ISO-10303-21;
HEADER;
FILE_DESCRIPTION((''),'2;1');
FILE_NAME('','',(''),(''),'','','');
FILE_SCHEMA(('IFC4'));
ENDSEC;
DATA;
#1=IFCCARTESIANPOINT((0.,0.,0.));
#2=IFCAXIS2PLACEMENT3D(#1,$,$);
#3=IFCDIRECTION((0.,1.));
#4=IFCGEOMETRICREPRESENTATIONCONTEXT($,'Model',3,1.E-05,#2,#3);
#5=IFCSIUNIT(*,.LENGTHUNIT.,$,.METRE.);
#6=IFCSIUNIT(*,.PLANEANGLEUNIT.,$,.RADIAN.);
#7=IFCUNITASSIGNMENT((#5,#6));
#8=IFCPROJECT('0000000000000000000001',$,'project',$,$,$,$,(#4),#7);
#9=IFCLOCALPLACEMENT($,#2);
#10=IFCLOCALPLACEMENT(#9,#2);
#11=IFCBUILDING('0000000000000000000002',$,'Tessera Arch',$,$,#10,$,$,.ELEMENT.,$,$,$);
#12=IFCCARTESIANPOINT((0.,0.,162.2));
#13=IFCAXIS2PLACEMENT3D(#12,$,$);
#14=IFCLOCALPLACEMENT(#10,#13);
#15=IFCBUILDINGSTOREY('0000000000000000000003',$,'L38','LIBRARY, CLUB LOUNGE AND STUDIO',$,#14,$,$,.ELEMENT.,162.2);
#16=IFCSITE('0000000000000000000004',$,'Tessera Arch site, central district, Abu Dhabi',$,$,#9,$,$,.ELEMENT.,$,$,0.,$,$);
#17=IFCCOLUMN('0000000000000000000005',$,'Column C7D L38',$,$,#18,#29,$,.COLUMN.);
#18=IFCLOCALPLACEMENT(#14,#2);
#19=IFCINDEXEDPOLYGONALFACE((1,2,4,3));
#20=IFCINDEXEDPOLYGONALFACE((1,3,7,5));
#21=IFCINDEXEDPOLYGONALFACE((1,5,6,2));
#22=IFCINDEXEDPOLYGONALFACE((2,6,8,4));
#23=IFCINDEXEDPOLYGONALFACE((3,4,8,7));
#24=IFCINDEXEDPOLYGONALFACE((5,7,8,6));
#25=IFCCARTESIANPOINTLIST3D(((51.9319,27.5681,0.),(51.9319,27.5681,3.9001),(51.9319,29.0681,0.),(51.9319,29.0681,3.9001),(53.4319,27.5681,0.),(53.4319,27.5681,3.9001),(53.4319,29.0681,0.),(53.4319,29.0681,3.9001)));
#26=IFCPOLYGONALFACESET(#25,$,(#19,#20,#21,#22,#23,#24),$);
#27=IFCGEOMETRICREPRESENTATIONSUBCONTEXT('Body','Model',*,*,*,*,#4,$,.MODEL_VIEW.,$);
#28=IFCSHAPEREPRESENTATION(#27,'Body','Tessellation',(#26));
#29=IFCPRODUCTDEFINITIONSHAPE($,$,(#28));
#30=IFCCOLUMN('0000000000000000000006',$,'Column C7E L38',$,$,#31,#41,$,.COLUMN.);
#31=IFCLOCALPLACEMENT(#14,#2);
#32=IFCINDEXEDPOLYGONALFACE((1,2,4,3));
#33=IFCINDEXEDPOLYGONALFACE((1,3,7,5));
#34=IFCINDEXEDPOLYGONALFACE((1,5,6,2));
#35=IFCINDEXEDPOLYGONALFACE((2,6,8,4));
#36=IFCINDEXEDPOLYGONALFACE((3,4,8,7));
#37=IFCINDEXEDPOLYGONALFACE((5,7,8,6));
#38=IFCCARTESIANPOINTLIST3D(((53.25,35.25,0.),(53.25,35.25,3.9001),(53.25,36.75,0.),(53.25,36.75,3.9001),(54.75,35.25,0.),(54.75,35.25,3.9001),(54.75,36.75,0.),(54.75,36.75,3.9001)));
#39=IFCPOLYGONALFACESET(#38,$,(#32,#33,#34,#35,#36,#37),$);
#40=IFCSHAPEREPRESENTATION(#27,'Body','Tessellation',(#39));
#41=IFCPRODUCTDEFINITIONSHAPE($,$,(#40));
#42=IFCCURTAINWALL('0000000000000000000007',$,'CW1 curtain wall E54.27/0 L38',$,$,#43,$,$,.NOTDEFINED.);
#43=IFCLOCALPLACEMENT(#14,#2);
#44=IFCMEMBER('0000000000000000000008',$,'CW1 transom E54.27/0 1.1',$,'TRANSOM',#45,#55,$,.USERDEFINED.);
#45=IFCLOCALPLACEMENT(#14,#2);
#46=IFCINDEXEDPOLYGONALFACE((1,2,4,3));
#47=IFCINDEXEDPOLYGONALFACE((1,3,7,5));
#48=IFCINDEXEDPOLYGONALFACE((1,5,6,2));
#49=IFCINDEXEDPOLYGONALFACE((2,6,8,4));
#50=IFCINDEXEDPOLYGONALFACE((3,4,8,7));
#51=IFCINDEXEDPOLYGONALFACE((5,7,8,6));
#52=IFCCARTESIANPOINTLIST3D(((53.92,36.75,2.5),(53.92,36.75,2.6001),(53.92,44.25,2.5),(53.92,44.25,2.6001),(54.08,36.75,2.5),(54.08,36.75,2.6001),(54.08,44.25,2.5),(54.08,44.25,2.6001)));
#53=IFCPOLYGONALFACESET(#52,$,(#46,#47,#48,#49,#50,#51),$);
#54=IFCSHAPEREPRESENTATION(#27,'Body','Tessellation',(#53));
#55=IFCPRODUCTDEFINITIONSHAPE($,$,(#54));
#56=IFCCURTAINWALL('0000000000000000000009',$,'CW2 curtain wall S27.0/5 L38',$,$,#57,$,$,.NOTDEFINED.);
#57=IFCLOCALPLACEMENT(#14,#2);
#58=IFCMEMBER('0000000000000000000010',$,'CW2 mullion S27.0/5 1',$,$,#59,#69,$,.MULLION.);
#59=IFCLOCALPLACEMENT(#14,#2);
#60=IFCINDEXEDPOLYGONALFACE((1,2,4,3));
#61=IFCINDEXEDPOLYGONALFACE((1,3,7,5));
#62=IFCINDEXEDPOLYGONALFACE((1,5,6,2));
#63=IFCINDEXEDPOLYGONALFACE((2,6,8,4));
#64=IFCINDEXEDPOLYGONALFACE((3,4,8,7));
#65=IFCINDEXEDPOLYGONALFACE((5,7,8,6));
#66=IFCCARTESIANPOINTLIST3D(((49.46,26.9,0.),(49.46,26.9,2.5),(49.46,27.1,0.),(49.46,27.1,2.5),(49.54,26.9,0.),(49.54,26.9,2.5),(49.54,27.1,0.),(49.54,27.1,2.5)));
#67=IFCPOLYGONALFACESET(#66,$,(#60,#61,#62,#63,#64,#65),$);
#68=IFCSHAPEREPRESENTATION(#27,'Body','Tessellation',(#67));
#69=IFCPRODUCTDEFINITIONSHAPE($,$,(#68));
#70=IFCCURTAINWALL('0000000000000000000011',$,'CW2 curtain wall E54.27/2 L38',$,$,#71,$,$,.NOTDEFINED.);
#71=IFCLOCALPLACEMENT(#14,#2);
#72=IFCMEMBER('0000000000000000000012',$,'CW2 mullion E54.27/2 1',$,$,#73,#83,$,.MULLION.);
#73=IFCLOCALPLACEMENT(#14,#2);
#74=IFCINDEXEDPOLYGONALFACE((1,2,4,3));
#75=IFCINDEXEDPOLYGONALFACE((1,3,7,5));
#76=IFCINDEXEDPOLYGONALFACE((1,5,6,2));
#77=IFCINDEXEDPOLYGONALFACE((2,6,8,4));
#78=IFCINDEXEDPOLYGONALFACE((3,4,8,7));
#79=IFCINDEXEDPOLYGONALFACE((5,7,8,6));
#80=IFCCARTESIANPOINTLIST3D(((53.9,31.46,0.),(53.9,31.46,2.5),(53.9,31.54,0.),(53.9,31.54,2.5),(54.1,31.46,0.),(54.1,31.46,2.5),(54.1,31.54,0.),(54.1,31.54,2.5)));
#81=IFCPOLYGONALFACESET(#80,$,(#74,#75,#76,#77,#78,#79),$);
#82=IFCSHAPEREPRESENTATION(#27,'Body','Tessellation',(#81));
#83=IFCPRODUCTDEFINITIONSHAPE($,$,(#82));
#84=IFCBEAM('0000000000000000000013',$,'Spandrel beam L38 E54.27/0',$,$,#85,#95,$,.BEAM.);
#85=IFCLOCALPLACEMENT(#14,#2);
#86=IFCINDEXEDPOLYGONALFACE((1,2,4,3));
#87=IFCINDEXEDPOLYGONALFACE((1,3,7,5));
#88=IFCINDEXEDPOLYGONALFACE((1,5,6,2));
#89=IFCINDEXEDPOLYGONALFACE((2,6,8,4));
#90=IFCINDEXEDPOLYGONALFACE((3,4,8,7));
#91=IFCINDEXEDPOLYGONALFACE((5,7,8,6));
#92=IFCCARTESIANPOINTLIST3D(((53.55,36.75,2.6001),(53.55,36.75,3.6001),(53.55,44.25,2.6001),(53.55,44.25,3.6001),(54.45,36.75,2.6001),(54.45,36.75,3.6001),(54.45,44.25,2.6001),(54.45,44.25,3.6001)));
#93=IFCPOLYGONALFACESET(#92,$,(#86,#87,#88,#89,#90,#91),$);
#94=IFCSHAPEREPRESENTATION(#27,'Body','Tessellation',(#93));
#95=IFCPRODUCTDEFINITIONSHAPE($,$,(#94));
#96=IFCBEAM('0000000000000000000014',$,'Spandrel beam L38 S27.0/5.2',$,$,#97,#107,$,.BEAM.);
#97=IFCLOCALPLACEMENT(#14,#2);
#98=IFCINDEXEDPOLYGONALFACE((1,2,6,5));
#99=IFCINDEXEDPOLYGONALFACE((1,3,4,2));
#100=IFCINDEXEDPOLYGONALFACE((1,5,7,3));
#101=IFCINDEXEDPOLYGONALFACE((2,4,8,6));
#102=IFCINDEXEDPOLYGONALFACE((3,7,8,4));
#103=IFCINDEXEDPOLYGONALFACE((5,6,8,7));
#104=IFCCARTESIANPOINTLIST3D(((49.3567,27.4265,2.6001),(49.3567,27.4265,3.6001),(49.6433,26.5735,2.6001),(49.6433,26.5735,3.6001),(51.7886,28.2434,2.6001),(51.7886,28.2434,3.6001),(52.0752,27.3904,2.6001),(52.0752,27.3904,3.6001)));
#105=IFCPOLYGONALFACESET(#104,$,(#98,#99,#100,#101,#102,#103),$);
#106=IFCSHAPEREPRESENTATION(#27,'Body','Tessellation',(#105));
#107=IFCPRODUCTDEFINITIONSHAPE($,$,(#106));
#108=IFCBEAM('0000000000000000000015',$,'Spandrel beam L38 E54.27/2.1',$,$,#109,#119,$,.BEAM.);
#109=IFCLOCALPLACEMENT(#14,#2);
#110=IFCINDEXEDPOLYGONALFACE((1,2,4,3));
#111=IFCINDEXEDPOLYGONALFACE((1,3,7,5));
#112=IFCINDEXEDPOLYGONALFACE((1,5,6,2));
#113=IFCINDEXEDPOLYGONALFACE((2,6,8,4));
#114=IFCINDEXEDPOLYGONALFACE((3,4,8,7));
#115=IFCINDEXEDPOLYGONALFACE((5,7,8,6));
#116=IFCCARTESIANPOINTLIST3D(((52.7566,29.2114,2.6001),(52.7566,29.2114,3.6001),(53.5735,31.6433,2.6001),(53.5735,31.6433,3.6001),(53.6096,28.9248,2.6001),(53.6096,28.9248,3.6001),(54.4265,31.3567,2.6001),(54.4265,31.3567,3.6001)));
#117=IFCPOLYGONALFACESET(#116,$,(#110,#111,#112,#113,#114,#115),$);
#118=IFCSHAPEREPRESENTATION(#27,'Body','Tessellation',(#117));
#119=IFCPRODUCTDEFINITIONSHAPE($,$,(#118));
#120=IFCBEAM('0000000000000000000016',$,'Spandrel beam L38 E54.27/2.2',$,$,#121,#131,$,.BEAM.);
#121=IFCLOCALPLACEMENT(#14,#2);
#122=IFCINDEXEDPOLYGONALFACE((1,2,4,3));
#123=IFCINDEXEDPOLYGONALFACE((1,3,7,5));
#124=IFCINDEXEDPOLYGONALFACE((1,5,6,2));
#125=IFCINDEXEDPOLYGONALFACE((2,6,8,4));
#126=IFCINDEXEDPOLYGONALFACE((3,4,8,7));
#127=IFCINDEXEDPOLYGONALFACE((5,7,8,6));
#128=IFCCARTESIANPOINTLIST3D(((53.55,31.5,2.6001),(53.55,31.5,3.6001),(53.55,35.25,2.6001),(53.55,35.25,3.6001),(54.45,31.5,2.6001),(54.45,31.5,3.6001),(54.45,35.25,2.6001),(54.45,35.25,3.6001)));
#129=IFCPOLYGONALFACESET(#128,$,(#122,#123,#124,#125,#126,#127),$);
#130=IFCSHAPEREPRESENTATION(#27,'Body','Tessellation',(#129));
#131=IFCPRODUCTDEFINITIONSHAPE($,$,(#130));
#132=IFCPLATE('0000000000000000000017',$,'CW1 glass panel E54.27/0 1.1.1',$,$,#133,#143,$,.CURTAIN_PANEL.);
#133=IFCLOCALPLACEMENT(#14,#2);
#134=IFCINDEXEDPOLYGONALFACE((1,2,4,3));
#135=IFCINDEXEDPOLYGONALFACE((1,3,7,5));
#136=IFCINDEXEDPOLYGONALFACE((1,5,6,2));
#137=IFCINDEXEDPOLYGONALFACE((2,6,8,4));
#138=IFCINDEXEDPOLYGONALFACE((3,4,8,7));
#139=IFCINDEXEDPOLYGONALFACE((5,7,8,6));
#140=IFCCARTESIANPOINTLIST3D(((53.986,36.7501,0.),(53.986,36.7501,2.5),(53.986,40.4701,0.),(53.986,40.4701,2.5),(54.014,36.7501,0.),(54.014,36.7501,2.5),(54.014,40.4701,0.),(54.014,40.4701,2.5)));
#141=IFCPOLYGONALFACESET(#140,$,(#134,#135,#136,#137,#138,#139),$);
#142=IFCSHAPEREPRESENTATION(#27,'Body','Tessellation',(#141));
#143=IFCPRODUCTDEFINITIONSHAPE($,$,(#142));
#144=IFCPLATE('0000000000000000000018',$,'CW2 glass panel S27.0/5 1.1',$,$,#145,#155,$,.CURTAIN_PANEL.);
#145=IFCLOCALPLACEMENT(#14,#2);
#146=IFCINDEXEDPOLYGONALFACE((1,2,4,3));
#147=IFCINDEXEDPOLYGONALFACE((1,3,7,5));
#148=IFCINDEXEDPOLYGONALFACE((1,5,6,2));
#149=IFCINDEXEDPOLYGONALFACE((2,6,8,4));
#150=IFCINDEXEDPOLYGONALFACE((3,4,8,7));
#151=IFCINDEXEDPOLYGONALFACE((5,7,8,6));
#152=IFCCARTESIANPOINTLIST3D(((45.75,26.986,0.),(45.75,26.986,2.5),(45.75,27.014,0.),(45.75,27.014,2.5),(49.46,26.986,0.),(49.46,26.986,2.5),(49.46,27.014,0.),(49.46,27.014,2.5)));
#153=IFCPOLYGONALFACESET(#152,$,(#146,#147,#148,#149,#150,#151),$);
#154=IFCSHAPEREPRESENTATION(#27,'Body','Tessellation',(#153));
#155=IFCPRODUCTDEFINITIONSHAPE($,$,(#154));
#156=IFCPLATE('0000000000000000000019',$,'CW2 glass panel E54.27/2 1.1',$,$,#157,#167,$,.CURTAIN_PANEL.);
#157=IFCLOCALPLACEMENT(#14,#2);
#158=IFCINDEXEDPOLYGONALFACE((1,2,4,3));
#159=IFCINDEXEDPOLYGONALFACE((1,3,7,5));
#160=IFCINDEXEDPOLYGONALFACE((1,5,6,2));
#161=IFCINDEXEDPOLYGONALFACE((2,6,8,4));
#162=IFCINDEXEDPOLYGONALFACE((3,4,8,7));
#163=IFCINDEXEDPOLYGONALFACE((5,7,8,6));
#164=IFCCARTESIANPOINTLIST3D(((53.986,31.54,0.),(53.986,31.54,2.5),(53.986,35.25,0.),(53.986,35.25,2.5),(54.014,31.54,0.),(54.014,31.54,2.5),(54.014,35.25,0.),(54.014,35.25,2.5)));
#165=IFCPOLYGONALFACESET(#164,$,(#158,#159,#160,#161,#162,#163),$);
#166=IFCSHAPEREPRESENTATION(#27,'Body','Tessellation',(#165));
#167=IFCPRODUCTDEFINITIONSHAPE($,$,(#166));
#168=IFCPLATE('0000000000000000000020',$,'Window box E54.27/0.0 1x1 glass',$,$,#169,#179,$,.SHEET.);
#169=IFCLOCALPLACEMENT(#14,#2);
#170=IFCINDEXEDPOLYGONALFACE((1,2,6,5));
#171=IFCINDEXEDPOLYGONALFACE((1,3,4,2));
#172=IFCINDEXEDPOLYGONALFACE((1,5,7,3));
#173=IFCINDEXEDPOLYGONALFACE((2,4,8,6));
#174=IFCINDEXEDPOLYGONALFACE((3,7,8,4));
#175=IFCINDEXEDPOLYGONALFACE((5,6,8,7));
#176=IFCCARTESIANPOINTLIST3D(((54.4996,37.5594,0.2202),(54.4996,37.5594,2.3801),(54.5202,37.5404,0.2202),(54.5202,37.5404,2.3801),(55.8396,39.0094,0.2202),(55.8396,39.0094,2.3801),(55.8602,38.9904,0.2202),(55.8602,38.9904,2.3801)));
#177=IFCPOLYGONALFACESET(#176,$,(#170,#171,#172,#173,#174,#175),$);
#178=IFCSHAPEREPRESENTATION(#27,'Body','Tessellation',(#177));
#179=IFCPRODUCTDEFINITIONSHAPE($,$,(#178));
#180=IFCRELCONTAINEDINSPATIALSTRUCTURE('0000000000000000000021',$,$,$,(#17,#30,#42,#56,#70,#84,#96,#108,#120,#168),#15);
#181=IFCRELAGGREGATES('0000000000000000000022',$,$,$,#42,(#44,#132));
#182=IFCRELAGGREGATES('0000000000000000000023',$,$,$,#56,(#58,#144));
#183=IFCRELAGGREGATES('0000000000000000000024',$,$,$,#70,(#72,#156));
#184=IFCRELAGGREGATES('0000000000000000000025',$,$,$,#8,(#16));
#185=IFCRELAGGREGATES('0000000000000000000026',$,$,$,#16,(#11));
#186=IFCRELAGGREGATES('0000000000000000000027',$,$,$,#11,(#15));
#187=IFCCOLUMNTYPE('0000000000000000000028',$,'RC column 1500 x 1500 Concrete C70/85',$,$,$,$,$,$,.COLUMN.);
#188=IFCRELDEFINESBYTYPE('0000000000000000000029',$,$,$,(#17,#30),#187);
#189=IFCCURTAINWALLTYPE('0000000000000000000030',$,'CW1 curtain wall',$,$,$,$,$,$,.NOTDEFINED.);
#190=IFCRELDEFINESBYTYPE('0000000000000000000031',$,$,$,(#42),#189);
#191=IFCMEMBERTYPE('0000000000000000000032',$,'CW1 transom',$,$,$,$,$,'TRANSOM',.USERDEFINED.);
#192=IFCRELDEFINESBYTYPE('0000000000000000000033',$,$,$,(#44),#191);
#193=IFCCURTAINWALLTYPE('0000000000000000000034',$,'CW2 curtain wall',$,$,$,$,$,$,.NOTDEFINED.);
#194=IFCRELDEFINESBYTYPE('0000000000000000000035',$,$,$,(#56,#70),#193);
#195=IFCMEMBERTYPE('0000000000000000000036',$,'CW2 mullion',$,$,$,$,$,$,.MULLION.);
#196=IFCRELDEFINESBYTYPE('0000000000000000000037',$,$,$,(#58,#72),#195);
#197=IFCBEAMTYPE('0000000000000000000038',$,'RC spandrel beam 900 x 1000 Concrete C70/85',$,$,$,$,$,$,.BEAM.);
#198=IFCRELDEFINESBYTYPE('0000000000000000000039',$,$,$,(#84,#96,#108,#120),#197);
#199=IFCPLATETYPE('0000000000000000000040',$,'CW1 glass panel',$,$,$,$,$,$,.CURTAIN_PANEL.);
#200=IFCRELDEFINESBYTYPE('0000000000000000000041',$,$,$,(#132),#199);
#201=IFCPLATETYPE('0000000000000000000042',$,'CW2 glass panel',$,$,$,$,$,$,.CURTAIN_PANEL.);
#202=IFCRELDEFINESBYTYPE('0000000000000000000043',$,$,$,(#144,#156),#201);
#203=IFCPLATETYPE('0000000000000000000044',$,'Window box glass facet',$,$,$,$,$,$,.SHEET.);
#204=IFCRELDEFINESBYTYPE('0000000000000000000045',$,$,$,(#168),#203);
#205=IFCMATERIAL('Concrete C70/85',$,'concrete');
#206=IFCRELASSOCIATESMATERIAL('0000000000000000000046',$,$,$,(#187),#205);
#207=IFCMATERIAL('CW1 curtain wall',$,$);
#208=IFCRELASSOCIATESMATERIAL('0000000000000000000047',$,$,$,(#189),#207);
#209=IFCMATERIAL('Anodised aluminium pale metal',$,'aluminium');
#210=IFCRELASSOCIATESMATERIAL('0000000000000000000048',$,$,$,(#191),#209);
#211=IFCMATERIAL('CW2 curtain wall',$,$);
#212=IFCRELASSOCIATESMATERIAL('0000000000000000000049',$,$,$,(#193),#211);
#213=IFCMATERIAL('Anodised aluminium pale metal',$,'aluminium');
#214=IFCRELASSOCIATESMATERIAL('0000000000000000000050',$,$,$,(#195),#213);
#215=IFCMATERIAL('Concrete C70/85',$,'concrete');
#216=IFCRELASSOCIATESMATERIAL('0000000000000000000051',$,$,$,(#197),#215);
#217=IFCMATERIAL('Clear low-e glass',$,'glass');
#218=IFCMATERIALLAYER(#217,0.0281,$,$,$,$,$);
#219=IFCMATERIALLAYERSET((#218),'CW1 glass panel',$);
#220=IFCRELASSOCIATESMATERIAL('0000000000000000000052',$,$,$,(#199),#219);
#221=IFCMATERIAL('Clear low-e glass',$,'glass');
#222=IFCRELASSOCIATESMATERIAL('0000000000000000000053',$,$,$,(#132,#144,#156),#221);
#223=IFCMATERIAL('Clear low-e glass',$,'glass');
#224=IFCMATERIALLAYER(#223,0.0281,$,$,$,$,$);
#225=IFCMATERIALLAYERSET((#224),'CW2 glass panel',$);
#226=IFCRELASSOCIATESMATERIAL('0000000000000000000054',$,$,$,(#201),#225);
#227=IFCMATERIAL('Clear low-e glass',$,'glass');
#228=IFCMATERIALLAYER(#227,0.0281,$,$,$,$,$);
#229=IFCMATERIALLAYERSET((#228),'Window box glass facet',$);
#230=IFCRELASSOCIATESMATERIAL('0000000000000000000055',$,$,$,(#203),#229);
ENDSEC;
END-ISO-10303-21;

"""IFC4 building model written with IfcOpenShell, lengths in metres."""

from ifc_helpers import new_model, si_unit, direction, frame, origin, origin_2d, place, context, subcontext, project, spatial, rectangle, extrude, material, layer, layer_set, material_profile, profile_set, type_object, element, aggregate, save


model = new_model("IFC4")

# Units and contexts
model_context = context("Model", 3, precision=1e-05, world=origin(), true_north=direction((0.0, 1.0)))
body_context = subcontext(model_context, "Body", "Model", "MODEL_VIEW")
ifc_project = project(units=[si_unit("LENGTHUNIT", "METRE"), si_unit("PLANEANGLEUNIT", "RADIAN")], contexts=[model_context])

# Site, building, storey
site_placement = place(None, origin())
site = spatial("IfcSite", under=ifc_project, at=site_placement, Name="Tessera Arch site, central district, Abu Dhabi", CompositionType="ELEMENT", RefElevation=0.0)
building_placement = place(site_placement, origin())
building = spatial("IfcBuilding", under=site, at=building_placement, Name="Tessera Arch", CompositionType="ELEMENT")
storey_placement = place(building_placement, frame((0.0, 0.0, 162.2)))
storey = spatial("IfcBuildingStorey", under=building, at=storey_placement, Name="L38", Description="LIBRARY, CLUB LOUNGE AND STUDIO", CompositionType="ELEMENT", Elevation=162.2)

# Columns
ifc_material_1 = material(Name="Concrete C70/85", Category="concrete")
ifc_material_profile_1 = material_profile(ifc_material_1, rectangle(XDim=1.5, YDim=1.5, at=origin_2d()), Name="RC column 1500 x 1500 Concrete C70/85")
ifc_profile_set_1 = profile_set([ifc_material_profile_1], Name="Concrete C70/85")
column_type = type_object("IfcColumnType", Name="RC column 1500 x 1500 Concrete C70/85", PredefinedType="COLUMN", material=ifc_profile_set_1)
for number, where, z_axis, x_axis, name in (
    (1, (52.6819, 28.3181, 0.0), (0.0, 0.0, 1.0), (1.0, 0.0, 0.0), "Column C7D L38"),
    (2, (54.0, 36.0, 0.0), (0.0, 0.0, 1.0), (1.0, 0.0, 0.0), "Column C7E L38"),
):
    element("IfcColumn", number, at=place(storey_placement, frame(where, z_axis=z_axis, x_axis=x_axis)), inside=storey, type_object=column_type, Name=name, PredefinedType="COLUMN", context=body_context, shape_type="SweptSolid", body=[
        extrude(rectangle(XDim=1.5, YDim=1.5, at=origin_2d()), origin(), (0.0, 0.0, 1.0), 3.9001),
    ])

# Curtain walls, members
ifc_material_2 = material(Name="CW1 curtain wall")
curtain_wall_type_1 = type_object("IfcCurtainWallType", Name="CW1 curtain wall", PredefinedType="NOTDEFINED", material=ifc_material_2)
curtain_wall_1_placement = place(storey_placement, origin())
curtain_wall_1 = element("IfcCurtainWall", 3, at=curtain_wall_1_placement, inside=storey, type_object=curtain_wall_type_1, Name="CW1 curtain wall E54.27/0 L38", PredefinedType="NOTDEFINED")
ifc_material_3 = material(Name="Anodised aluminium pale metal", Category="aluminium")
ifc_material_profile_2 = material_profile(ifc_material_3, rectangle(XDim=0.1599, YDim=0.1001, at=origin_2d()), Name="AL 160x100")
ifc_profile_set_2 = profile_set([ifc_material_profile_2], Name="Anodised aluminium pale metal")
member_type_1 = type_object("IfcMemberType", Name="CW1 transom", ElementType="TRANSOM", PredefinedType="USERDEFINED", material=ifc_profile_set_2)
member_1_placement = place(storey_placement, frame((54.0, 36.75, 2.55), z_axis=(0.0, 1.0, 0.0), x_axis=(-1.0, 0.0, 0.0)))
member_1 = element("IfcMember", 4, at=member_1_placement, type_object=member_type_1, Name="CW1 transom E54.27/0 1.1", ObjectType="TRANSOM", PredefinedType="USERDEFINED", context=body_context, shape_type="SweptSolid", body=[
    extrude(rectangle(XDim=0.1599, YDim=0.1001, at=origin_2d()), origin(), (0.0, 0.0, 1.0), 7.5),
])
ifc_material_4 = material(Name="CW2 curtain wall")
curtain_wall_type_2 = type_object("IfcCurtainWallType", Name="CW2 curtain wall", PredefinedType="NOTDEFINED", material=ifc_material_4)
curtain_wall_2_placement = place(storey_placement, origin())
curtain_wall_2 = element("IfcCurtainWall", 5, at=curtain_wall_2_placement, inside=storey, type_object=curtain_wall_type_2, Name="CW2 curtain wall S27.0/5 L38", PredefinedType="NOTDEFINED")
ifc_material_5 = material(Name="Anodised aluminium pale metal", Category="aluminium")
ifc_material_profile_3 = material_profile(ifc_material_5, rectangle(XDim=0.2, YDim=0.0801, at=origin_2d()), Name="AL 80x200")
ifc_profile_set_3 = profile_set([ifc_material_profile_3], Name="Anodised aluminium pale metal")
member_type_2 = type_object("IfcMemberType", Name="CW2 mullion", PredefinedType="MULLION", material=ifc_profile_set_3)
member_2_placement = place(storey_placement, frame((49.5, 27.0, 0.0), z_axis=(0.0, 0.0, 1.0), x_axis=(0.0, 1.0, 0.0)))
member_2 = element("IfcMember", 6, at=member_2_placement, type_object=member_type_2, Name="CW2 mullion S27.0/5 1", PredefinedType="MULLION", context=body_context, shape_type="SweptSolid", body=[
    extrude(rectangle(XDim=0.2, YDim=0.0801, at=origin_2d()), origin(), (0.0, 0.0, 1.0), 2.5),
])
curtain_wall_3_placement = place(storey_placement, origin())
curtain_wall_3 = element("IfcCurtainWall", 7, at=curtain_wall_3_placement, inside=storey, type_object=curtain_wall_type_2, Name="CW2 curtain wall E54.27/2 L38", PredefinedType="NOTDEFINED")
member_3_placement = place(storey_placement, frame((54.0, 31.5, 0.0), z_axis=(0.0, 0.0, 1.0), x_axis=(-1.0, 0.0, 0.0)))
member_3 = element("IfcMember", 8, at=member_3_placement, type_object=member_type_2, Name="CW2 mullion E54.27/2 1", PredefinedType="MULLION", context=body_context, shape_type="SweptSolid", body=[
    extrude(rectangle(XDim=0.2, YDim=0.0801, at=origin_2d()), origin(), (0.0, 0.0, 1.0), 2.5),
])

# Beams
ifc_material_6 = material(Name="Concrete C70/85", Category="concrete")
ifc_material_profile_4 = material_profile(ifc_material_6, rectangle(XDim=0.8999, YDim=1.0, at=origin_2d()), Name="RC spandrel beam 900 x 1000 Concrete C70/85")
ifc_profile_set_4 = profile_set([ifc_material_profile_4], Name="Concrete C70/85")
beam_type = type_object("IfcBeamType", Name="RC spandrel beam 900 x 1000 Concrete C70/85", PredefinedType="BEAM", material=ifc_profile_set_4)
beam_1_placement = place(storey_placement, frame((54.0, 36.75, 3.1001), z_axis=(0.0, 1.0, 0.0), x_axis=(-1.0, 0.0, 0.0)))
element("IfcBeam", 9, at=beam_1_placement, inside=storey, type_object=beam_type, Name="Spandrel beam L38 E54.27/0", PredefinedType="BEAM", context=body_context, shape_type="SweptSolid", body=[
    extrude(rectangle(XDim=0.8999, YDim=1.0, at=origin_2d()), origin(), (0.0, 0.0, 1.0), 7.5),
])
for number, where, z_axis, x_axis, name in (
    (10, (49.5, 27.0, 3.1001), (0.947948, 0.318425, 0.0), (-0.318425, 0.947948, 0.0), "Spandrel beam L38 S27.0/5.2"),
    (11, (53.1831, 29.0681, 3.1001), (0.318425, 0.947948, 0.0), (-0.947948, 0.318425, 0.0), "Spandrel beam L38 E54.27/2.1"),
):
    element("IfcBeam", number, at=place(storey_placement, frame(where, z_axis=z_axis, x_axis=x_axis)), inside=storey, type_object=beam_type, Name=name, PredefinedType="BEAM", context=body_context, shape_type="SweptSolid", body=[
        extrude(rectangle(XDim=0.8999, YDim=1.0, at=origin_2d()), origin(), (0.0, 0.0, 1.0), 2.5654),
    ])
beam_2_placement = place(storey_placement, frame((54.0, 31.5, 3.1001), z_axis=(0.0, 1.0, 0.0), x_axis=(-1.0, 0.0, 0.0)))
element("IfcBeam", 12, at=beam_2_placement, inside=storey, type_object=beam_type, Name="Spandrel beam L38 E54.27/2.2", PredefinedType="BEAM", context=body_context, shape_type="SweptSolid", body=[
    extrude(rectangle(XDim=0.8999, YDim=1.0, at=origin_2d()), origin(), (0.0, 0.0, 1.0), 3.75),
])

# Plates
ifc_material_7 = material(Name="Clear low-e glass", Category="glass")
ifc_material_8 = material(Name="Clear low-e glass", Category="glass")
ifc_layer_1 = layer(ifc_material_8, 0.0281)
ifc_layer_set_1 = layer_set([ifc_layer_1], Name="CW1 glass panel")
plate_type_1 = type_object("IfcPlateType", Name="CW1 glass panel", PredefinedType="CURTAIN_PANEL", material=ifc_layer_set_1)
plate_1_placement = place(storey_placement, frame((54.0, 38.6101, 0.0), z_axis=(0.0, 0.0, 1.0), x_axis=(0.0, 1.0, 0.0)))
plate_1 = element("IfcPlate", 13, at=plate_1_placement, type_object=plate_type_1, material=ifc_material_7, Name="CW1 glass panel E54.27/0 1.1.1", PredefinedType="CURTAIN_PANEL", context=body_context, shape_type="SweptSolid", body=[
    extrude(rectangle(XDim=3.72, YDim=0.0281, at=origin_2d()), origin(), (0.0, 0.0, 1.0), 2.5),
])
aggregate(curtain_wall_1, [member_1, plate_1])
ifc_material_9 = material(Name="Clear low-e glass", Category="glass")
ifc_layer_2 = layer(ifc_material_9, 0.0281)
ifc_layer_set_2 = layer_set([ifc_layer_2], Name="CW2 glass panel")
plate_type_2 = type_object("IfcPlateType", Name="CW2 glass panel", PredefinedType="CURTAIN_PANEL", material=ifc_layer_set_2)
plate_2_placement = place(storey_placement, frame((47.605, 27.0, 0.0), z_axis=(0.0, 0.0, 1.0), x_axis=(1.0, 0.0, 0.0)))
plate_2 = element("IfcPlate", 14, at=plate_2_placement, type_object=plate_type_2, material=ifc_material_7, Name="CW2 glass panel S27.0/5 1.1", PredefinedType="CURTAIN_PANEL", context=body_context, shape_type="SweptSolid", body=[
    extrude(rectangle(XDim=3.71, YDim=0.0281, at=origin_2d()), origin(), (0.0, 0.0, 1.0), 2.5),
])
aggregate(curtain_wall_2, [member_2, plate_2])
plate_3_placement = place(storey_placement, frame((54.0, 33.395, 0.0), z_axis=(0.0, 0.0, 1.0), x_axis=(0.0, 1.0, 0.0)))
plate_3 = element("IfcPlate", 15, at=plate_3_placement, type_object=plate_type_2, material=ifc_material_7, Name="CW2 glass panel E54.27/2 1.1", PredefinedType="CURTAIN_PANEL", context=body_context, shape_type="SweptSolid", body=[
    extrude(rectangle(XDim=3.71, YDim=0.0281, at=origin_2d()), origin(), (0.0, 0.0, 1.0), 2.5),
])
aggregate(curtain_wall_3, [member_3, plate_3])
ifc_material_10 = material(Name="Clear low-e glass", Category="glass")
ifc_layer_3 = layer(ifc_material_10, 0.0281)
ifc_layer_set_3 = layer_set([ifc_layer_3], Name="Window box glass facet")
plate_type_3 = type_object("IfcPlateType", Name="Window box glass facet", PredefinedType="SHEET", material=ifc_layer_set_3)
plate_4_placement = place(storey_placement, frame((55.1799, 38.2749, 0.2202), z_axis=(0.0, 0.0, 1.0), x_axis=(0.678701, 0.734415, 0.0)))
element("IfcPlate", 16, at=plate_4_placement, inside=storey, type_object=plate_type_3, Name="Window box E54.27/0.0 1x1 glass", PredefinedType="SHEET", context=body_context, shape_type="SweptSolid", body=[
    extrude(rectangle(XDim=1.9744, YDim=0.0281, at=origin_2d()), origin(), (0.0, 0.0, 1.0), 2.1599),
])

save(model, "model.ifc")
